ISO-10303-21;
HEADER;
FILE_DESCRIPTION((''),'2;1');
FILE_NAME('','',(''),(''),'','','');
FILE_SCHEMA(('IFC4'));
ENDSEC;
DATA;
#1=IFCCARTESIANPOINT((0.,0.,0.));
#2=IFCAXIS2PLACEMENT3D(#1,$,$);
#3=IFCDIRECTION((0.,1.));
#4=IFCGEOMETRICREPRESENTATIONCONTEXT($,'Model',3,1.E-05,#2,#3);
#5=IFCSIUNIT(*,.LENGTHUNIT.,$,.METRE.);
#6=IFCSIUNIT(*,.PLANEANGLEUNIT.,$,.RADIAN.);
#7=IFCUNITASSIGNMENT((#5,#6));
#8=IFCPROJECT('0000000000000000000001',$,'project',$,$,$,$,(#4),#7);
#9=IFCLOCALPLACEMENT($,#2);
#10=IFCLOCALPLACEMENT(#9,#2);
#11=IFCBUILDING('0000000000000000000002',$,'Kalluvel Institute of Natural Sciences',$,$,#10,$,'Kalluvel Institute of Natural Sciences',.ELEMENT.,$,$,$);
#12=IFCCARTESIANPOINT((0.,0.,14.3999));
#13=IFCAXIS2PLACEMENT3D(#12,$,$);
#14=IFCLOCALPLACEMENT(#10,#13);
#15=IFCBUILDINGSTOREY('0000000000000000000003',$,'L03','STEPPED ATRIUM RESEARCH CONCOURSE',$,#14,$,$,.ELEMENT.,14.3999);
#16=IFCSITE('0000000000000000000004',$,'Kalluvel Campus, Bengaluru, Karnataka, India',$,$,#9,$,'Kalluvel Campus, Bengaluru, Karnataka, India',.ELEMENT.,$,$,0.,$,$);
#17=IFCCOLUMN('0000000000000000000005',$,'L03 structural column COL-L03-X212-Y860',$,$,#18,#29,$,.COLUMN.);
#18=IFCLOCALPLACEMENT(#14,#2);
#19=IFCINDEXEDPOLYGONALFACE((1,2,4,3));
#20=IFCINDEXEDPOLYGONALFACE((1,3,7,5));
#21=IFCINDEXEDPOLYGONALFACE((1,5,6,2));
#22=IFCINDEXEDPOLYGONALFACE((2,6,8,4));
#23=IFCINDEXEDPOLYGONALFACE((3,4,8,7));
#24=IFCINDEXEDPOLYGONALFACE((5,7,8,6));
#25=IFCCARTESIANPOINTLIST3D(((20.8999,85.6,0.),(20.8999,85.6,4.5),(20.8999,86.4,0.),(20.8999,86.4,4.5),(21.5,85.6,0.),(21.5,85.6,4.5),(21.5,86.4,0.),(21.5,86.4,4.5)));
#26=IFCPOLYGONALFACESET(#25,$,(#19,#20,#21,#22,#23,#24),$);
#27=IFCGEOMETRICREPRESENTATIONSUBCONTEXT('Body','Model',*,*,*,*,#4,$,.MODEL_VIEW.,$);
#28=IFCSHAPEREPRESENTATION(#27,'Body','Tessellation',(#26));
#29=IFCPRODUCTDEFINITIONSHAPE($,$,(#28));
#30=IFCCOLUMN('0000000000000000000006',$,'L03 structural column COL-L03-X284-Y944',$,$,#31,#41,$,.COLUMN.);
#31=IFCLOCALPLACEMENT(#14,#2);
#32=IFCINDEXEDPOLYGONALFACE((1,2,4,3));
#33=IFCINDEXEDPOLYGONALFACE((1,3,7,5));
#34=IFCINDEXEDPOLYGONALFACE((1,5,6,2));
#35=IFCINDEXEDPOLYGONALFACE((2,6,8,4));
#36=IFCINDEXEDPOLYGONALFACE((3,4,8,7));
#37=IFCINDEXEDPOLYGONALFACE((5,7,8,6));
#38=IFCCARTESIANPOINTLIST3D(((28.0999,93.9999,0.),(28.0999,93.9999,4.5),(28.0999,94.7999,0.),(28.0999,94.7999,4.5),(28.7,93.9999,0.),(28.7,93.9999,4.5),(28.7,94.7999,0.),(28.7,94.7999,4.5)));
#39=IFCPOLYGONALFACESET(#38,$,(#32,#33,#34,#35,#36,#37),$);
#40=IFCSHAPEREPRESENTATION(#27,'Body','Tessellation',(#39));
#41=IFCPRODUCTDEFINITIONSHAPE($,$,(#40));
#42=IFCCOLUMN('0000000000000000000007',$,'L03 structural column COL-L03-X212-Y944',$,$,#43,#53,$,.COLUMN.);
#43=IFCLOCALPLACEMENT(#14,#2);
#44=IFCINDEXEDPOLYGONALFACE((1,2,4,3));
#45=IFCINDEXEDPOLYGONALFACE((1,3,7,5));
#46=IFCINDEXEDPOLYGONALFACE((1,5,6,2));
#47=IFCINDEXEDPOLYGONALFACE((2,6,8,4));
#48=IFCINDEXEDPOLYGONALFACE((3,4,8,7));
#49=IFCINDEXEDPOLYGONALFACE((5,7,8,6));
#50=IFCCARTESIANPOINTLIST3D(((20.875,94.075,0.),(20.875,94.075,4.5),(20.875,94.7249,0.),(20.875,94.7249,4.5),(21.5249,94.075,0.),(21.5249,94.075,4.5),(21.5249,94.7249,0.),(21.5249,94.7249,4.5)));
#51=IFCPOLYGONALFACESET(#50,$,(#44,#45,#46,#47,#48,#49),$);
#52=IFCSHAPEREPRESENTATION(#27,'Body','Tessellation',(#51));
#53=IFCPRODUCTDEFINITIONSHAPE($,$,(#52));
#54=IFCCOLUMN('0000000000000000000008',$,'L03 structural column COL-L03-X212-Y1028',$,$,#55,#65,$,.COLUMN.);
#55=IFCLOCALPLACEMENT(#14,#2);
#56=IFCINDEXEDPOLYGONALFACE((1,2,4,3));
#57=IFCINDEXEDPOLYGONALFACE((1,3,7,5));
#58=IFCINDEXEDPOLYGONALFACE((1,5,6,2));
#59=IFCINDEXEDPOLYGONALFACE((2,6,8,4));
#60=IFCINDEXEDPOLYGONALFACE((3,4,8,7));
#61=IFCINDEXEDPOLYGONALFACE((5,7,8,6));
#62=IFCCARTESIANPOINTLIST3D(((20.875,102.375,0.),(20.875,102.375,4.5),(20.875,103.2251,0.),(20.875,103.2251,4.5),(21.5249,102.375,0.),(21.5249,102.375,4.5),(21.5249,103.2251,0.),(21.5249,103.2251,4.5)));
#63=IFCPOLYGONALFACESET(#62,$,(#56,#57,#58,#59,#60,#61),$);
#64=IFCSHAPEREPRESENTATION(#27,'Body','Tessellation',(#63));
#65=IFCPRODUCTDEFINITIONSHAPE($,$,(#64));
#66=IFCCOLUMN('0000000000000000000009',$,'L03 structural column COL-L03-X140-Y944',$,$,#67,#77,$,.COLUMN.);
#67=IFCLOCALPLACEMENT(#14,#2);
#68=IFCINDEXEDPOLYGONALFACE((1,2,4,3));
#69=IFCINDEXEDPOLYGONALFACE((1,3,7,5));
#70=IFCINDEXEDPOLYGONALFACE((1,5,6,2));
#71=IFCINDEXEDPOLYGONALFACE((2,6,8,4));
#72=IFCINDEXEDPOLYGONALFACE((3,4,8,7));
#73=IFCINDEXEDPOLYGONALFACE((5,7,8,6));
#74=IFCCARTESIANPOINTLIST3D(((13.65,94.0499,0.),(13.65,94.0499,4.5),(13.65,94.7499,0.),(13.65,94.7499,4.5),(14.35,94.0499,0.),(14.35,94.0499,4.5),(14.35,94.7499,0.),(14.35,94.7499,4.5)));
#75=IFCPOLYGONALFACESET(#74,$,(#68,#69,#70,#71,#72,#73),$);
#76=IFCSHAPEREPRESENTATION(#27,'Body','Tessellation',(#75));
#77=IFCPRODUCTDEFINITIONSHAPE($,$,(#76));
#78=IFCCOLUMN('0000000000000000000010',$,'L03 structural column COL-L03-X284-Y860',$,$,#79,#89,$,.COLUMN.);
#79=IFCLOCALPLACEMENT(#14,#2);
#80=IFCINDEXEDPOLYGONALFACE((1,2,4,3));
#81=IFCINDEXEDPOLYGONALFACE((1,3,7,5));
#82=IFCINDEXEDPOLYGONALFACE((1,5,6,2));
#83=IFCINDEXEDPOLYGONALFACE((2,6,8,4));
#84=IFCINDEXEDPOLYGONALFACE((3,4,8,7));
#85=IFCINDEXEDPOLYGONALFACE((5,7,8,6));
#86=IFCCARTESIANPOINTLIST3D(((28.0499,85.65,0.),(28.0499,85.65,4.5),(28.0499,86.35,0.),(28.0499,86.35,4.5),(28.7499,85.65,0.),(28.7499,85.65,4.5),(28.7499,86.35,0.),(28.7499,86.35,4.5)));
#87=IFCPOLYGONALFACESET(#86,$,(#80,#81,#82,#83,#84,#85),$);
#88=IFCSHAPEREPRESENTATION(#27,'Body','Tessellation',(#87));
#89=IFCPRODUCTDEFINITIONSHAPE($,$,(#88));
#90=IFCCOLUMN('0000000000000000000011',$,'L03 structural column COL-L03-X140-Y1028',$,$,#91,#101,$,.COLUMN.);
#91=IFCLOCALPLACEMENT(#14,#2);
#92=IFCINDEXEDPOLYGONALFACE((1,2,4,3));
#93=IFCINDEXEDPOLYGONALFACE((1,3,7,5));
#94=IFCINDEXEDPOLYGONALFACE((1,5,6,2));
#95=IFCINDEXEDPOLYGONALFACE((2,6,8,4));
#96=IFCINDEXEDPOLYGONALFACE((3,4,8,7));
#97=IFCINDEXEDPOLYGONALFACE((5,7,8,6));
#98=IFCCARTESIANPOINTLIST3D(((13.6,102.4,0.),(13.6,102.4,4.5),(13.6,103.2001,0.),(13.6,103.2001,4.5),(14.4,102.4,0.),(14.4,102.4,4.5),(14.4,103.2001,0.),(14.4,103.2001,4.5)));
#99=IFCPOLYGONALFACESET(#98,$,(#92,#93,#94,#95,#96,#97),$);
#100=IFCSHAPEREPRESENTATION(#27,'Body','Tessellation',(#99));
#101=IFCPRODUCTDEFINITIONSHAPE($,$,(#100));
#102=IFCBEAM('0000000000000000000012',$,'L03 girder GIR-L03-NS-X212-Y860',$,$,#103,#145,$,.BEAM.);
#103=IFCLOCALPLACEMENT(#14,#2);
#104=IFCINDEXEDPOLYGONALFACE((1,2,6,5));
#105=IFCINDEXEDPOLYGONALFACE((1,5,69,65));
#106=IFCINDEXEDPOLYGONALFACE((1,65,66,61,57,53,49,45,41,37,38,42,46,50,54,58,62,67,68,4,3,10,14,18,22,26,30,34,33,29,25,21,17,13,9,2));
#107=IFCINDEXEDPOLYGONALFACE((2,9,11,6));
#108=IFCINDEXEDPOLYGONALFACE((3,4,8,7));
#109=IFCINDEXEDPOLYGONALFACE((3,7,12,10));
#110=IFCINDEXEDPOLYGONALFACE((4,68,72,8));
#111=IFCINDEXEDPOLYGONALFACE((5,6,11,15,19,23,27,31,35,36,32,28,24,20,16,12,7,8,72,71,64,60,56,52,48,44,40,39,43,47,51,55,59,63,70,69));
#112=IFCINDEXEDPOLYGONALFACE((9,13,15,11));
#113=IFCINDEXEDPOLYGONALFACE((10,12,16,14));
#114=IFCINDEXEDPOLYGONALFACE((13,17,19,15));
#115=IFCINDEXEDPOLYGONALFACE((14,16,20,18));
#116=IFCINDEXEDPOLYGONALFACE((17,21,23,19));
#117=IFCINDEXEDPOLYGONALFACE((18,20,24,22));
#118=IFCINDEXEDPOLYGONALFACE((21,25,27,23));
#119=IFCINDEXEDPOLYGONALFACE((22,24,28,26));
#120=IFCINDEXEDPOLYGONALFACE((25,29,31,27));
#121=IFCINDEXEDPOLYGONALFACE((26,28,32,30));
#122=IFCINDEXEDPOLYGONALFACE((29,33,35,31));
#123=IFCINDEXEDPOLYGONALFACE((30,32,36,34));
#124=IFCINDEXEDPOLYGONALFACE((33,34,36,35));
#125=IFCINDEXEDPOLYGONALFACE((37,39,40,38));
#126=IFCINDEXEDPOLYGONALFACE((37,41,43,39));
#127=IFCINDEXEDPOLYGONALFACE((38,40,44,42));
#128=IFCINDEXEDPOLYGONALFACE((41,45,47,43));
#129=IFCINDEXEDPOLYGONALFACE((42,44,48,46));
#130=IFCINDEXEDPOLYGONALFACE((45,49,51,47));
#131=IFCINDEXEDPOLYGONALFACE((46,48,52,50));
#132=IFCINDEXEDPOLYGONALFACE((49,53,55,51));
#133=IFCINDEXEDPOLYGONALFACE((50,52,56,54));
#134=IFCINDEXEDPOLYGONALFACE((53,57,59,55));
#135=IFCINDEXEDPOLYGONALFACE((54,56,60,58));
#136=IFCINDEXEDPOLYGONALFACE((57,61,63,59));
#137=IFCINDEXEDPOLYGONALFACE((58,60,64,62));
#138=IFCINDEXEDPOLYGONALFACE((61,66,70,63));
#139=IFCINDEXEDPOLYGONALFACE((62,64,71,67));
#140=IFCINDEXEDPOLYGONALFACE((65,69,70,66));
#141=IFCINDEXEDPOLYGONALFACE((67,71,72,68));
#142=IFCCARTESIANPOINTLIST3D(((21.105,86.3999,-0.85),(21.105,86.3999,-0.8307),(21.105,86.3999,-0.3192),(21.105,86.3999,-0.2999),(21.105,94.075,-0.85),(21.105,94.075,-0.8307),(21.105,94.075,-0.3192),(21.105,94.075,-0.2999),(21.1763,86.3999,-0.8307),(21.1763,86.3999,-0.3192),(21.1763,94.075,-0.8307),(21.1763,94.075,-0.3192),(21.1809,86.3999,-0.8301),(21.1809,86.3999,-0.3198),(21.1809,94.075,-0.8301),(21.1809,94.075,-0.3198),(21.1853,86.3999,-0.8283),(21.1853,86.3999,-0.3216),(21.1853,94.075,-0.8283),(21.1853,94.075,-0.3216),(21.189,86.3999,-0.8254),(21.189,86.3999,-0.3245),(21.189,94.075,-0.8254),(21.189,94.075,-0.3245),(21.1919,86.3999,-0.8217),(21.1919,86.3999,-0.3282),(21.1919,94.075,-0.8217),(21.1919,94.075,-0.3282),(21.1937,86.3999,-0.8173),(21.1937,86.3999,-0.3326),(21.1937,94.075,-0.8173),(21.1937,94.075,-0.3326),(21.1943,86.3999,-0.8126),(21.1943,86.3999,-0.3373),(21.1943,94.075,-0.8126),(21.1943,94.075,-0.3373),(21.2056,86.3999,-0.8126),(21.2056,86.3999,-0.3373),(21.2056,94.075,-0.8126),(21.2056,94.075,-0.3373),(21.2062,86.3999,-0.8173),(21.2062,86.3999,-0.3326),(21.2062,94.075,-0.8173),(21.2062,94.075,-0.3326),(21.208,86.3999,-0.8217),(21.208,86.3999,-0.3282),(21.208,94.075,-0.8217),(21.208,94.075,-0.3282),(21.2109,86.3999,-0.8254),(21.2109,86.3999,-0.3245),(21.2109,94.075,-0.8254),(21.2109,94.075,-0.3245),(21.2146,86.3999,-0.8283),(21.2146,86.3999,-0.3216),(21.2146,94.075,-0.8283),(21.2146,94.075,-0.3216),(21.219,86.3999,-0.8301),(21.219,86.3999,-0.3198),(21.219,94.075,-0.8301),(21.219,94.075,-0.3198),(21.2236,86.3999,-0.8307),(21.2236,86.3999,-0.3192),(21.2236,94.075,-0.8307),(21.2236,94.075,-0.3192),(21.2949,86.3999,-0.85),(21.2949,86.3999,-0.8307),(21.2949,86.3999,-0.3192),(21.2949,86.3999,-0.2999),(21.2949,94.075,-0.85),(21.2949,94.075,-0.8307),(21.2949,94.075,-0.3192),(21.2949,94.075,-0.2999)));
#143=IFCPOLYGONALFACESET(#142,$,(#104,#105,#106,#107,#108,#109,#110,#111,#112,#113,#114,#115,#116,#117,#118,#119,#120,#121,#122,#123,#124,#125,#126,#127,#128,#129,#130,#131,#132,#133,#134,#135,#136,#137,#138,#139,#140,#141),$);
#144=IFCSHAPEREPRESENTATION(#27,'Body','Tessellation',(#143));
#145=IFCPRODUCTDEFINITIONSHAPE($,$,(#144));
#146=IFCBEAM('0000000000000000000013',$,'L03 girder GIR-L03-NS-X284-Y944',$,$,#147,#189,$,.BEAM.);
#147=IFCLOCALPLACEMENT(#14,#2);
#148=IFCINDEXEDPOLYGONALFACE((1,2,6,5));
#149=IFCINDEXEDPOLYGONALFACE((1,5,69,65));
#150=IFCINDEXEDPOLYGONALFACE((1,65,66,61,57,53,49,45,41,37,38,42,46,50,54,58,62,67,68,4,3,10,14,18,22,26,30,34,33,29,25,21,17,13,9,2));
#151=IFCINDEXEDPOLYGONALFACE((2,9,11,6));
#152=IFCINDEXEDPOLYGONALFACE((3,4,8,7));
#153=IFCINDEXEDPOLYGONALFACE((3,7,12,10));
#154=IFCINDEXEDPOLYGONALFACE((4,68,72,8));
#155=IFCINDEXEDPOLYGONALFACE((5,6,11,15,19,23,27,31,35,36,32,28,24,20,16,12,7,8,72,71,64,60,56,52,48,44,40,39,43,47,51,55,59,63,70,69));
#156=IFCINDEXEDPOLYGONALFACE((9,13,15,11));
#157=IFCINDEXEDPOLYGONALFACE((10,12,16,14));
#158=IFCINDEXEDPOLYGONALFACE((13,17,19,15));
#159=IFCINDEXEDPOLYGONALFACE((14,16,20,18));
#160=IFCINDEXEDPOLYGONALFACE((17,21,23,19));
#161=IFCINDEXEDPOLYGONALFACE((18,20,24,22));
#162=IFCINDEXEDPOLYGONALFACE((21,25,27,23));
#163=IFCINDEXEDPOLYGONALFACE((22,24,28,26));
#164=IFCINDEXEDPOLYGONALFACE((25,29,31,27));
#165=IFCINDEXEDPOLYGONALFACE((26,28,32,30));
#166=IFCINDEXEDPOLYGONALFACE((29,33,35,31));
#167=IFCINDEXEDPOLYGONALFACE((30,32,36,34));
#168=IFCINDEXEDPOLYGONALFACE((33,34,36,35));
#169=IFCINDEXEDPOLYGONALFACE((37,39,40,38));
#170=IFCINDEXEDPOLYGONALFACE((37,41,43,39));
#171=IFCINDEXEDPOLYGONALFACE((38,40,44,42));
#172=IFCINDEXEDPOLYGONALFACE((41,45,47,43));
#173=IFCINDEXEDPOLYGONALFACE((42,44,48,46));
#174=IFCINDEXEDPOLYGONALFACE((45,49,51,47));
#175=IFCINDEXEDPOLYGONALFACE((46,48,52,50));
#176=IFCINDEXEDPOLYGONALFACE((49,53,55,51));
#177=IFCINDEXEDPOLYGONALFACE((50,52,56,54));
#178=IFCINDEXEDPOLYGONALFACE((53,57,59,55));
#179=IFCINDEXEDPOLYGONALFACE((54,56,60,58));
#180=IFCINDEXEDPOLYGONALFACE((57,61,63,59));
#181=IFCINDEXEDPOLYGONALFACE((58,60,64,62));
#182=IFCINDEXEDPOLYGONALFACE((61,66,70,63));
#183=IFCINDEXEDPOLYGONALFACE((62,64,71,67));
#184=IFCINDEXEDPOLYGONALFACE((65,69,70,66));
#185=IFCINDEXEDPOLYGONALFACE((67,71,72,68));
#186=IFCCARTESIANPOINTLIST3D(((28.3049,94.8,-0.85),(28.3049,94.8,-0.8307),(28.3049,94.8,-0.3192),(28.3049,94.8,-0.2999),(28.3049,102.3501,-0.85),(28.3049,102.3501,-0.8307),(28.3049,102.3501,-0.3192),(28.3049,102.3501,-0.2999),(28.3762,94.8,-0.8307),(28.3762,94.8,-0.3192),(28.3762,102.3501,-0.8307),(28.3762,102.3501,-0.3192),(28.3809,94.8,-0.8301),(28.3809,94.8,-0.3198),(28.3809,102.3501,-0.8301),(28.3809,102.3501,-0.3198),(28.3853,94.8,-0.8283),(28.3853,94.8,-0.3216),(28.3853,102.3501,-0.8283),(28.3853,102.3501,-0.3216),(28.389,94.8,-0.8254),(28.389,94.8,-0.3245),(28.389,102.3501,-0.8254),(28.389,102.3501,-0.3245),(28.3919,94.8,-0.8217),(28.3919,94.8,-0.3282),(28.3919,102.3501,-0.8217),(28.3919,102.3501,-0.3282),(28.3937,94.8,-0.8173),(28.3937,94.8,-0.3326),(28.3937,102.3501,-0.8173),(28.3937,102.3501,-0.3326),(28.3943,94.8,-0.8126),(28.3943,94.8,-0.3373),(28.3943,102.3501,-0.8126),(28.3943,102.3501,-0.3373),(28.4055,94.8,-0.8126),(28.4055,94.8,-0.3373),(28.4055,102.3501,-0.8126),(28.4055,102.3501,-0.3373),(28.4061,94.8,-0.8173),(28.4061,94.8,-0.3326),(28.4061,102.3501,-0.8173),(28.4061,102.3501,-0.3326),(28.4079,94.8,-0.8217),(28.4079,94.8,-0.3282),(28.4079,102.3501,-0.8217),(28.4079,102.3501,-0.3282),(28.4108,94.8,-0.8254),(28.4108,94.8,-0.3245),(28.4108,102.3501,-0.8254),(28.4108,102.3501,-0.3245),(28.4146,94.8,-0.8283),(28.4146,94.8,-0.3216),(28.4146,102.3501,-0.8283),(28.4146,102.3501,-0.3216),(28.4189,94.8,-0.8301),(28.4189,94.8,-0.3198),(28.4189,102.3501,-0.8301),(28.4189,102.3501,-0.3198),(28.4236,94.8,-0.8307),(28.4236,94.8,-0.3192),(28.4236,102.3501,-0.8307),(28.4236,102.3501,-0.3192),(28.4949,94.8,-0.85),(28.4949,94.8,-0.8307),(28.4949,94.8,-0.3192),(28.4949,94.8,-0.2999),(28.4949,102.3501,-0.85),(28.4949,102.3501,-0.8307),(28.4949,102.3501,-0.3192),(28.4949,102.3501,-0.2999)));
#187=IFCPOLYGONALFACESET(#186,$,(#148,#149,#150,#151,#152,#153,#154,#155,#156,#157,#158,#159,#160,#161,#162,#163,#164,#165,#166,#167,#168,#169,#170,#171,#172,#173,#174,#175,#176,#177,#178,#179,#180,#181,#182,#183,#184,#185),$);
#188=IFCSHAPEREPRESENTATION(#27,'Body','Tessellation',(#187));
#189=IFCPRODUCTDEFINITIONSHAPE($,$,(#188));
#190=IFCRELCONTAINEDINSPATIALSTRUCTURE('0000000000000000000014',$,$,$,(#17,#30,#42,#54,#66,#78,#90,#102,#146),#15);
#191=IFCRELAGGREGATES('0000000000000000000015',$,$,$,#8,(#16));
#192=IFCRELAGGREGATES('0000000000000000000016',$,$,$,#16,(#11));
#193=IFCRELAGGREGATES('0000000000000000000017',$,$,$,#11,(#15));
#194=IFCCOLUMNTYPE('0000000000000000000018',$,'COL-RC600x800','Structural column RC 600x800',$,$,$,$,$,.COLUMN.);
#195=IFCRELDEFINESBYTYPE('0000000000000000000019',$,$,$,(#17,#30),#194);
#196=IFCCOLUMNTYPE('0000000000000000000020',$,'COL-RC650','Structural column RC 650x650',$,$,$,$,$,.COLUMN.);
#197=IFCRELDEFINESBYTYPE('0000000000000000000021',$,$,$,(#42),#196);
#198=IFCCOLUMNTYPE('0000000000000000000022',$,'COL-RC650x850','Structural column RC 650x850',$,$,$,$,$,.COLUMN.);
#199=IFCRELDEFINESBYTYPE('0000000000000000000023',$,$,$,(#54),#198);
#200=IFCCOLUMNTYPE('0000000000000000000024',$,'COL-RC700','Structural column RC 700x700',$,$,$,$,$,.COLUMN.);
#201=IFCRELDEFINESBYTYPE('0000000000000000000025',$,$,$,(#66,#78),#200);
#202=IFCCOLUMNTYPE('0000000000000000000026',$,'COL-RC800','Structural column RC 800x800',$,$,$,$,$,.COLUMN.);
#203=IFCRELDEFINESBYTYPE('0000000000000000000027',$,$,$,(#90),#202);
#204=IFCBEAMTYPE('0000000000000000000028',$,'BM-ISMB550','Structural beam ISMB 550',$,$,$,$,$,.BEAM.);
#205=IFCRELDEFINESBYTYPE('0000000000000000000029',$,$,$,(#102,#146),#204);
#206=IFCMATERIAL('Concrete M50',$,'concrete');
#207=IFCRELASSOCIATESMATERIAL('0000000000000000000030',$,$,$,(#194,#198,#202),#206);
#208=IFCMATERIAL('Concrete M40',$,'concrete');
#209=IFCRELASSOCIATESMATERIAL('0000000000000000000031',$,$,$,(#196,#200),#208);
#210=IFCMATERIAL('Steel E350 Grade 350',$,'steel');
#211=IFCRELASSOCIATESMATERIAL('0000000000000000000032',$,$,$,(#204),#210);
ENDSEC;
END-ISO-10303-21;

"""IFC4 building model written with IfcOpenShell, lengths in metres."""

from ifc_helpers import new_model, si_unit, direction, frame, origin, origin_2d, place, context, subcontext, project, spatial, rectangle, i_section, extrude, material, material_profile, profile_set, type_object, element, save


model = new_model("IFC4")

# Units and contexts
model_context = context("Model", 3, precision=1e-05, world=origin(), true_north=direction((0.0, 1.0)))
body_context = subcontext(model_context, "Body", "Model", "MODEL_VIEW")
ifc_project = project(units=[si_unit("LENGTHUNIT", "METRE"), si_unit("PLANEANGLEUNIT", "RADIAN")], contexts=[model_context])

# Site, building, storey
site_placement = place(None, origin())
site = spatial("IfcSite", under=ifc_project, at=site_placement, Name="Kalluvel Campus, Bengaluru, Karnataka, India", LongName="Kalluvel Campus, Bengaluru, Karnataka, India", CompositionType="ELEMENT", RefElevation=0.0)
building_placement = place(site_placement, origin())
building = spatial("IfcBuilding", under=site, at=building_placement, Name="Kalluvel Institute of Natural Sciences", LongName="Kalluvel Institute of Natural Sciences", CompositionType="ELEMENT")
storey_placement = place(building_placement, frame((0.0, 0.0, 14.3999)))
storey = spatial("IfcBuildingStorey", under=building, at=storey_placement, Name="L03", Description="STEPPED ATRIUM RESEARCH CONCOURSE", CompositionType="ELEMENT", Elevation=14.3999)

# Columns
ifc_material_1 = material(Name="Concrete M50", Category="concrete")
ifc_material_profile_1 = material_profile(ifc_material_1, rectangle(XDim=0.6001, YDim=0.8, at=origin_2d()), Name="RC 600x800")
ifc_profile_set_1 = profile_set([ifc_material_profile_1], Name="Concrete M50")
column_type_1 = type_object("IfcColumnType", Name="COL-RC600x800", Description="Structural column RC 600x800", PredefinedType="COLUMN", material=ifc_profile_set_1)
for number, where, z_axis, x_axis, name in (
    (1, (21.2, 86.0, 0.0), (0.0, 0.0, 1.0), (1.0, 0.0, 0.0), "L03 structural column COL-L03-X212-Y860"),
    (2, (28.3999, 94.3999, 0.0), (0.0, 0.0, 1.0), (1.0, 0.0, 0.0), "L03 structural column COL-L03-X284-Y944"),
):
    element("IfcColumn", number, at=place(storey_placement, frame(where, z_axis=z_axis, x_axis=x_axis)), inside=storey, type_object=column_type_1, Name=name, PredefinedType="COLUMN", context=body_context, shape_type="SweptSolid", body=[
        extrude(rectangle(XDim=0.6001, YDim=0.8, at=origin_2d()), origin(), (0.0, 0.0, 1.0), 4.5),
    ])
ifc_material_2 = material(Name="Concrete M40", Category="concrete")
ifc_material_profile_2 = material_profile(ifc_material_2, rectangle(XDim=0.6499, YDim=0.6499, at=origin_2d()), Name="RC 650x650")
ifc_profile_set_2 = profile_set([ifc_material_profile_2], Name="Concrete M40")
column_type_2 = type_object("IfcColumnType", Name="COL-RC650", Description="Structural column RC 650x650", PredefinedType="COLUMN", material=ifc_profile_set_2)
column_1_placement = place(storey_placement, frame((21.2, 94.3999, 0.0), z_axis=(0.0, 0.0, 1.0), x_axis=(1.0, 0.0, 0.0)))
element("IfcColumn", 3, at=column_1_placement, inside=storey, type_object=column_type_2, Name="L03 structural column COL-L03-X212-Y944", PredefinedType="COLUMN", context=body_context, shape_type="SweptSolid", body=[
    extrude(rectangle(XDim=0.6499, YDim=0.6499, at=origin_2d()), origin(), (0.0, 0.0, 1.0), 4.5),
])
ifc_material_profile_3 = material_profile(ifc_material_1, rectangle(XDim=0.6499, YDim=0.8501, at=origin_2d()), Name="RC 650x850")
ifc_profile_set_3 = profile_set([ifc_material_profile_3], Name="Concrete M50")
column_type_3 = type_object("IfcColumnType", Name="COL-RC650x850", Description="Structural column RC 650x850", PredefinedType="COLUMN", material=ifc_profile_set_3)
column_2_placement = place(storey_placement, frame((21.2, 102.8, 0.0), z_axis=(0.0, 0.0, 1.0), x_axis=(1.0, 0.0, 0.0)))
element("IfcColumn", 4, at=column_2_placement, inside=storey, type_object=column_type_3, Name="L03 structural column COL-L03-X212-Y1028", PredefinedType="COLUMN", context=body_context, shape_type="SweptSolid", body=[
    extrude(rectangle(XDim=0.6499, YDim=0.8501, at=origin_2d()), origin(), (0.0, 0.0, 1.0), 4.5),
])
ifc_material_profile_4 = material_profile(ifc_material_2, rectangle(XDim=0.7, YDim=0.7, at=origin_2d()), Name="RC 700x700")
ifc_profile_set_4 = profile_set([ifc_material_profile_4], Name="Concrete M40")
column_type_4 = type_object("IfcColumnType", Name="COL-RC700", Description="Structural column RC 700x700", PredefinedType="COLUMN", material=ifc_profile_set_4)
for number, where, z_axis, x_axis, name in (
    (5, (14.0, 94.3999, 0.0), (0.0, 0.0, 1.0), (1.0, 0.0, 0.0), "L03 structural column COL-L03-X140-Y944"),
    (6, (28.3999, 86.0, 0.0), (0.0, 0.0, 1.0), (1.0, 0.0, 0.0), "L03 structural column COL-L03-X284-Y860"),
):
    element("IfcColumn", number, at=place(storey_placement, frame(where, z_axis=z_axis, x_axis=x_axis)), inside=storey, type_object=column_type_4, Name=name, PredefinedType="COLUMN", context=body_context, shape_type="SweptSolid", body=[
        extrude(rectangle(XDim=0.7, YDim=0.7, at=origin_2d()), origin(), (0.0, 0.0, 1.0), 4.5),
    ])
ifc_material_profile_5 = material_profile(ifc_material_1, rectangle(XDim=0.8, YDim=0.8, at=origin_2d()), Name="RC 800x800")
ifc_profile_set_5 = profile_set([ifc_material_profile_5], Name="Concrete M50")
column_type_5 = type_object("IfcColumnType", Name="COL-RC800", Description="Structural column RC 800x800", PredefinedType="COLUMN", material=ifc_profile_set_5)
column_3_placement = place(storey_placement, frame((14.0, 102.8, 0.0), z_axis=(0.0, 0.0, 1.0), x_axis=(1.0, 0.0, 0.0)))
element("IfcColumn", 7, at=column_3_placement, inside=storey, type_object=column_type_5, Name="L03 structural column COL-L03-X140-Y1028", PredefinedType="COLUMN", context=body_context, shape_type="SweptSolid", body=[
    extrude(rectangle(XDim=0.8, YDim=0.8, at=origin_2d()), origin(), (0.0, 0.0, 1.0), 4.5),
])

# Beams
ifc_material_3 = material(Name="Steel E350 Grade 350", Category="steel")
ifc_material_profile_6 = material_profile(ifc_material_3, i_section(OverallWidth=0.1899, OverallDepth=0.55, WebThickness=0.0112, FlangeThickness=0.0193, FilletRadius=0.0181, at=origin_2d()), Name="ISMB 550")
ifc_profile_set_6 = profile_set([ifc_material_profile_6], Name="Steel E350 Grade 350")
beam_type_1 = type_object("IfcBeamType", Name="BM-ISMB550", Description="Structural beam ISMB 550", PredefinedType="BEAM", material=ifc_profile_set_6)
beam_1_placement = place(storey_placement, frame((21.2, 86.3999, -0.575), z_axis=(0.0, 1.0, 0.0), x_axis=(-1.0, 0.0, 0.0)))
element("IfcBeam", 8, at=beam_1_placement, inside=storey, type_object=beam_type_1, Name="L03 girder GIR-L03-NS-X212-Y860", PredefinedType="BEAM", context=body_context, shape_type="SweptSolid", body=[
    extrude(i_section(OverallWidth=0.1899, OverallDepth=0.55, WebThickness=0.0112, FlangeThickness=0.0193, FilletRadius=0.0181, at=origin_2d()), origin(), (0.0, 0.0, 1.0), 7.675),
])
beam_2_placement = place(storey_placement, frame((28.3999, 94.8, -0.575), z_axis=(0.0, 1.0, 0.0), x_axis=(-1.0, 0.0, 0.0)))
element("IfcBeam", 9, at=beam_2_placement, inside=storey, type_object=beam_type_1, Name="L03 girder GIR-L03-NS-X284-Y944", PredefinedType="BEAM", context=body_context, shape_type="SweptSolid", body=[
    extrude(i_section(OverallWidth=0.1899, OverallDepth=0.55, WebThickness=0.0112, FlangeThickness=0.0193, FilletRadius=0.0181, at=origin_2d()), origin(), (0.0, 0.0, 1.0), 7.55),
])

save(model, "model.ifc")
